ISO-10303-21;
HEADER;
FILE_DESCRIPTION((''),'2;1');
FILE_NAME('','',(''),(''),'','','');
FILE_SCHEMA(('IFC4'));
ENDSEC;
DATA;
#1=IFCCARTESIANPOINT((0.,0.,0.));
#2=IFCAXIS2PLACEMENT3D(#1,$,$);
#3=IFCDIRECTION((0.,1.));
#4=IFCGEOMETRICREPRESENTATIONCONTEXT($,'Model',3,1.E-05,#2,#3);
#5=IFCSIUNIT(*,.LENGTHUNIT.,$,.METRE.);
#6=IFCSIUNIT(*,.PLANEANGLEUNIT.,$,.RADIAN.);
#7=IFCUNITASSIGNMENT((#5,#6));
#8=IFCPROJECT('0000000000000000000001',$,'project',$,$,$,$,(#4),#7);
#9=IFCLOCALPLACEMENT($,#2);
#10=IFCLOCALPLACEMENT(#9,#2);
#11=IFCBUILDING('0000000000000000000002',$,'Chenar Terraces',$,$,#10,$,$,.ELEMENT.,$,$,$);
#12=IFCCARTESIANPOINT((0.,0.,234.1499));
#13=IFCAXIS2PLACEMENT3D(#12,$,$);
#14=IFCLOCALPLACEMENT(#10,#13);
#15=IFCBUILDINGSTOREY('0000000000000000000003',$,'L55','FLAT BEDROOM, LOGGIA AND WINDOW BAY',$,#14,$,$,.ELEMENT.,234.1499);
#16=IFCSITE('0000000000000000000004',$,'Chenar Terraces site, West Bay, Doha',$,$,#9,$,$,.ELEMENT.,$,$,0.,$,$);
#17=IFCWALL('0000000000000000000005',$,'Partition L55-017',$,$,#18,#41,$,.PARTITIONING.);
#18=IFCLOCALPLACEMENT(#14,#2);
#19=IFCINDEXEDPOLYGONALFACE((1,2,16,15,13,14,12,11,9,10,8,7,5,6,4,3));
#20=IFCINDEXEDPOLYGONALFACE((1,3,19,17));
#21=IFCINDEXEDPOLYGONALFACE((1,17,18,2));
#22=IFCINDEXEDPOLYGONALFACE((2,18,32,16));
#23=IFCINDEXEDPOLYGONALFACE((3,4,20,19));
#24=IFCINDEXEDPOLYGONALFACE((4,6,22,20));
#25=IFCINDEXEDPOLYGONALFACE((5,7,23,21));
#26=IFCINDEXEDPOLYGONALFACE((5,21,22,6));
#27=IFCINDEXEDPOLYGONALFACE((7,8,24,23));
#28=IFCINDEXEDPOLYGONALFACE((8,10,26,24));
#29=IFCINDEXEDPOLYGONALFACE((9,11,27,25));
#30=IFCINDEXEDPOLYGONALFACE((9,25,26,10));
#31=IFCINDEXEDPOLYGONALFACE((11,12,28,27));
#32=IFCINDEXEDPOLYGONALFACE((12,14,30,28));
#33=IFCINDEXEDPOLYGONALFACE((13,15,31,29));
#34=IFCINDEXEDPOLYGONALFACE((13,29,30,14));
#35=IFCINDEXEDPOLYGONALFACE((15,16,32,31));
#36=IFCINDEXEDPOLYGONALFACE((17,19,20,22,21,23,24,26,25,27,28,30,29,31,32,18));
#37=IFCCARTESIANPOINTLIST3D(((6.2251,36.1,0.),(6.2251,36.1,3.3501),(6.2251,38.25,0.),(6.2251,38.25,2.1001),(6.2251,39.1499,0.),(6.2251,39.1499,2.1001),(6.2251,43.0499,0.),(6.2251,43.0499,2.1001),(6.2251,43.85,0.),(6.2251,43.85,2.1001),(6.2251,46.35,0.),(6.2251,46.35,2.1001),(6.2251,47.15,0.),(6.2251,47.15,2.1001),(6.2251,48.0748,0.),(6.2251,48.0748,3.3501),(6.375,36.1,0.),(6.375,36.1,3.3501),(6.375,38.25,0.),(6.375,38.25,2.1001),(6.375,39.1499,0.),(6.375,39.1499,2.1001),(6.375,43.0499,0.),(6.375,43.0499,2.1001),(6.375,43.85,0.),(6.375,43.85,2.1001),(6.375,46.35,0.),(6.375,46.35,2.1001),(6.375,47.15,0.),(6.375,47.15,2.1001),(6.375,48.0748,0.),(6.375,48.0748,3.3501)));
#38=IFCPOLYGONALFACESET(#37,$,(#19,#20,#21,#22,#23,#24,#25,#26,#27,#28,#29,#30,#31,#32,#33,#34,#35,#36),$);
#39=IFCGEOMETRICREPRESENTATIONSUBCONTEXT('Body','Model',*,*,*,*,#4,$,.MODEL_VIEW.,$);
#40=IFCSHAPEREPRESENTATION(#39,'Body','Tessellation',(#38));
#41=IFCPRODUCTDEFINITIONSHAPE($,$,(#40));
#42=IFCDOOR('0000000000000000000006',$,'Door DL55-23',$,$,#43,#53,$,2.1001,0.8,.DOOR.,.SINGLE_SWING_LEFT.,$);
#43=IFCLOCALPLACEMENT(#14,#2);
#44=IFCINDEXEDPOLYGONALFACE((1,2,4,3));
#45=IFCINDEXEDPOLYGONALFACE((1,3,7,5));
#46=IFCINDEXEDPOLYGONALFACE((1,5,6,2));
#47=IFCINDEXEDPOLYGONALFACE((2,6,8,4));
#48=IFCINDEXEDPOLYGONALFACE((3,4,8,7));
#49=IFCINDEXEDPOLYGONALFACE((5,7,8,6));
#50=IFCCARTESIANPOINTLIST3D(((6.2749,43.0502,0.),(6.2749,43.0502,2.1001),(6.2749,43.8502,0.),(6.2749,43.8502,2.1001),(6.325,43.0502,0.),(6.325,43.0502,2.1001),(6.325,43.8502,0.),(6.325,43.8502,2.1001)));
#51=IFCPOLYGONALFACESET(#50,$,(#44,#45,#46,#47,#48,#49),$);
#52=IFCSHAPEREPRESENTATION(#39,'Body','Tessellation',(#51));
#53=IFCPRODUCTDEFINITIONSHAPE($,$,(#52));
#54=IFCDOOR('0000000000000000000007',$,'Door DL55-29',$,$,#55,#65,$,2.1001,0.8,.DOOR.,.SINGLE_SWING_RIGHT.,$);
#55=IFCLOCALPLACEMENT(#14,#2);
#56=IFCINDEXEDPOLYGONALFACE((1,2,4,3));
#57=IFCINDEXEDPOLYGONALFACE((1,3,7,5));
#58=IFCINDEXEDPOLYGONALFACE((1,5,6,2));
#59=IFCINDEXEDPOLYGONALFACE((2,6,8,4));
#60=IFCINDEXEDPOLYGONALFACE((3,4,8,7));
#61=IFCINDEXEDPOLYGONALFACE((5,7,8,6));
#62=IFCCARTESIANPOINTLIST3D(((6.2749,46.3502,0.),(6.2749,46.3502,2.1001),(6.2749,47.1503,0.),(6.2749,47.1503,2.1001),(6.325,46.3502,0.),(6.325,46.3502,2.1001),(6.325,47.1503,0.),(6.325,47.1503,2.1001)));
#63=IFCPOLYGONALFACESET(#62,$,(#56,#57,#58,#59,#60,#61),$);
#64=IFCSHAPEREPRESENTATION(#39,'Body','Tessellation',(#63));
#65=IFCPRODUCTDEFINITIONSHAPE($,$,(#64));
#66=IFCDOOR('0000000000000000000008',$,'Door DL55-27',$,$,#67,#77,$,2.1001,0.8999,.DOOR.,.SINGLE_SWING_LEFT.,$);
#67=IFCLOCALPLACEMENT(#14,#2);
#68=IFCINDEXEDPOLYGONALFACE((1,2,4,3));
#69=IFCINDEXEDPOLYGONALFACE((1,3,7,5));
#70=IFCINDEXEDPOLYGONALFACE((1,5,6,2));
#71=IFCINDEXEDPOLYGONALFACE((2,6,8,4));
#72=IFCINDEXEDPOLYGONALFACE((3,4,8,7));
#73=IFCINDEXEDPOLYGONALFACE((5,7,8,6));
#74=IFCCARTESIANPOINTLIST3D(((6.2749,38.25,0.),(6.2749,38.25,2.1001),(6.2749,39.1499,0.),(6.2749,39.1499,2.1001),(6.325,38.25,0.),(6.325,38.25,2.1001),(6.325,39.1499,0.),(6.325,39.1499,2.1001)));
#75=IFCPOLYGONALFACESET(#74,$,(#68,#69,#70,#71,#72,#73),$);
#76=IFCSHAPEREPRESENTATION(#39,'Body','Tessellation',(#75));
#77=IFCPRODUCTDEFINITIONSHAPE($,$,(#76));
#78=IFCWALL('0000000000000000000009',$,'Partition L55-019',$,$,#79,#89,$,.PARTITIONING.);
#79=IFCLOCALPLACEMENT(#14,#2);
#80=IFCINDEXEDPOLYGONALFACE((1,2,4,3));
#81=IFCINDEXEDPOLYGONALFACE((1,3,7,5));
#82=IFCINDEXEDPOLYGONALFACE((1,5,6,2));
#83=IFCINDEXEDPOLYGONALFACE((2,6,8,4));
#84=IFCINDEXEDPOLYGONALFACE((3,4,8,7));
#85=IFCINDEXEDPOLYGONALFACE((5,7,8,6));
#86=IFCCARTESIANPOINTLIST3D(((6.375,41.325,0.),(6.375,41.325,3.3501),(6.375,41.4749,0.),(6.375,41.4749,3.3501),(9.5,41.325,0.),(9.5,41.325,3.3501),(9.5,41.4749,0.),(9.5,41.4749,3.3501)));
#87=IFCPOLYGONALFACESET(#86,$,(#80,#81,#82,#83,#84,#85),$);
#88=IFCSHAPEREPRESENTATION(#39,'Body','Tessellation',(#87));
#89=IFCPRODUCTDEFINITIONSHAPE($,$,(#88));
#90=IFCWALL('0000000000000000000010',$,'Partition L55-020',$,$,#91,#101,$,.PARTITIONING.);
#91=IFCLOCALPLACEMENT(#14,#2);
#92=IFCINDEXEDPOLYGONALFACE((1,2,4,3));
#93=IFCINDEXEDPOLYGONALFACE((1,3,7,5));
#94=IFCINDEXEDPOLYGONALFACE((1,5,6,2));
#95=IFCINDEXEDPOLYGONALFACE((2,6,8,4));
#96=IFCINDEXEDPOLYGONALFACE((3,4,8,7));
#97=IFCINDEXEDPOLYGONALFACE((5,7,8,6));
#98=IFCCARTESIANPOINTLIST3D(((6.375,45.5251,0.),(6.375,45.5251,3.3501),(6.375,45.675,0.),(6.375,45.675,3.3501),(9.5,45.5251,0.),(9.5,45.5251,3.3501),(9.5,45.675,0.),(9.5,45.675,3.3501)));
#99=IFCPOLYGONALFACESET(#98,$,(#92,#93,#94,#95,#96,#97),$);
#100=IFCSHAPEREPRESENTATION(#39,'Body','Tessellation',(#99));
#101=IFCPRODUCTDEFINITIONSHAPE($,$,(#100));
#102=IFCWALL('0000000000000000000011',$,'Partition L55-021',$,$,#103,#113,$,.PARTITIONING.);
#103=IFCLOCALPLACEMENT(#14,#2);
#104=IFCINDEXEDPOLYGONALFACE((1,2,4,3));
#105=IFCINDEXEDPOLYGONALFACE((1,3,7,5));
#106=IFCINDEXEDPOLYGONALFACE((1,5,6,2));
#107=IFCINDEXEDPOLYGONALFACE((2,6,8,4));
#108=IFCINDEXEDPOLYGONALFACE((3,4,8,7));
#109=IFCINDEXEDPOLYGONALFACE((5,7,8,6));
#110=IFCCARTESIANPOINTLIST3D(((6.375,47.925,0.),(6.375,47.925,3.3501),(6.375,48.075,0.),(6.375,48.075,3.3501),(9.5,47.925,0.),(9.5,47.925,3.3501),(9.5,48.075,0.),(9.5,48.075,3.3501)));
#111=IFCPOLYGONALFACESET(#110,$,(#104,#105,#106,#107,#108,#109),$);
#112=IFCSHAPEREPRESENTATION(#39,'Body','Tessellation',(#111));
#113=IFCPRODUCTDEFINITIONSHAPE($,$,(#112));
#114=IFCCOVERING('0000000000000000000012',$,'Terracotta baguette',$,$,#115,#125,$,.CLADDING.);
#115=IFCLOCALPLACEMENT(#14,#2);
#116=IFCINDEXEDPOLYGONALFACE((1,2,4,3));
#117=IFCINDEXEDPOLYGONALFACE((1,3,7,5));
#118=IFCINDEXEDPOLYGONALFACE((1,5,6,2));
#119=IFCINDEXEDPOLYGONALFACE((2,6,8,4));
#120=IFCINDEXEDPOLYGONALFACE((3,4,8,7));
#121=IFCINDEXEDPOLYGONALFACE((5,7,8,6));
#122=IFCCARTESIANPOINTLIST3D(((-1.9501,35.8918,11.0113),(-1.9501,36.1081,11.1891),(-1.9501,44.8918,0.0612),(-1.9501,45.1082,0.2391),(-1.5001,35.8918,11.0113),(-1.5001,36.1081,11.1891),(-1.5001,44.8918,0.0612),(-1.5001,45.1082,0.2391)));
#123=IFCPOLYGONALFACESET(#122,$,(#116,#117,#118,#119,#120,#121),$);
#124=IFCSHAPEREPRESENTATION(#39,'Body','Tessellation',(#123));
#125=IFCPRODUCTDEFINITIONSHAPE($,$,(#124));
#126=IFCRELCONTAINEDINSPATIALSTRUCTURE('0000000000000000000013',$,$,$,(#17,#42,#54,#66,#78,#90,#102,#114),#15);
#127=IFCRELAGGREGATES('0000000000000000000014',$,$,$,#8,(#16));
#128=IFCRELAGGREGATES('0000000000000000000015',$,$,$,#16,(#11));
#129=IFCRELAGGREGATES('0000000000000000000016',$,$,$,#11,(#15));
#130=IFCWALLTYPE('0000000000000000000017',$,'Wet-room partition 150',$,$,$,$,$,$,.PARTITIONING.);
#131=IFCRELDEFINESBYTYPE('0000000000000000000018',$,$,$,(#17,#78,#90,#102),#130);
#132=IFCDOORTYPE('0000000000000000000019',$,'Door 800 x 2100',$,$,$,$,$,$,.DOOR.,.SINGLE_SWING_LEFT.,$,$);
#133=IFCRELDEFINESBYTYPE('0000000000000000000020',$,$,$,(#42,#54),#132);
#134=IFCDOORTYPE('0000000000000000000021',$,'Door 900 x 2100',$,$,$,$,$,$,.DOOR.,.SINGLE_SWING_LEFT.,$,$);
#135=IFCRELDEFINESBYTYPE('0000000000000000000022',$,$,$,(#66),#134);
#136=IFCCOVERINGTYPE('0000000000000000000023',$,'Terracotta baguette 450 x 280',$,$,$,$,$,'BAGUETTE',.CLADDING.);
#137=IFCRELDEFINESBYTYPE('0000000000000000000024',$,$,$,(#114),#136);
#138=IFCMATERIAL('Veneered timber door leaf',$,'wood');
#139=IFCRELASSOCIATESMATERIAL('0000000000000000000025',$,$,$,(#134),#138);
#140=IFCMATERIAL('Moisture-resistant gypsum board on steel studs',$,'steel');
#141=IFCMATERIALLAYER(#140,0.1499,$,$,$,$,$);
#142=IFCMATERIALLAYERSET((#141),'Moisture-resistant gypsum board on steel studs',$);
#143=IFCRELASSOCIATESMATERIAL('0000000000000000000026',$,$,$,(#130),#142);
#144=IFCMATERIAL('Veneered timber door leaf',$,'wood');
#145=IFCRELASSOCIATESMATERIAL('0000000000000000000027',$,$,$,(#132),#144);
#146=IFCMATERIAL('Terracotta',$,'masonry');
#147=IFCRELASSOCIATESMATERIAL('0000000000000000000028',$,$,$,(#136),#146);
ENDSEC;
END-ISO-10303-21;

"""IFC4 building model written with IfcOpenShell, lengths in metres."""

from ifc_helpers import new_model, si_unit, direction, frame, frame_2d, origin, origin_2d, place, context, subcontext, project, spatial, rectangle, extrude, material, layer, layer_set, material_profile, profile_set, type_object, element, fill, save


model = new_model("IFC4")

# Units and contexts
model_context = context("Model", 3, precision=1e-05, world=origin(), true_north=direction((0.0, 1.0)))
body_context = subcontext(model_context, "Body", "Model", "MODEL_VIEW")
ifc_project = project(units=[si_unit("LENGTHUNIT", "METRE"), si_unit("PLANEANGLEUNIT", "RADIAN")], contexts=[model_context])

# Site, building, storey
site_placement = place(None, origin())
site = spatial("IfcSite", under=ifc_project, at=site_placement, Name="Chenar Terraces site, West Bay, Doha", CompositionType="ELEMENT", RefElevation=0.0)
building_placement = place(site_placement, origin())
building = spatial("IfcBuilding", under=site, at=building_placement, Name="Chenar Terraces", CompositionType="ELEMENT")
storey_placement = place(building_placement, frame((0.0, 0.0, 234.1499)))
storey = spatial("IfcBuildingStorey", under=building, at=storey_placement, Name="L55", Description="FLAT BEDROOM, LOGGIA AND WINDOW BAY", CompositionType="ELEMENT", Elevation=234.1499)

# Shared definitions
ifc_material_1 = material(Name="Veneered timber door leaf", Category="wood")
door_type_1 = type_object("IfcDoorType", Name="Door 900 x 2100", OperationType="SINGLE_SWING_LEFT", PredefinedType="DOOR", material=ifc_material_1)

# Wall, openings, doors
ifc_material_2 = material(Name="Moisture-resistant gypsum board on steel studs", Category="steel")
ifc_layer_1 = layer(ifc_material_2, 0.1499)
ifc_layer_set_1 = layer_set([ifc_layer_1], Name="Moisture-resistant gypsum board on steel studs")
wall_type_1 = type_object("IfcWallType", Name="Wet-room partition 150", PredefinedType="PARTITIONING", material=ifc_layer_set_1)
wall_1_placement = place(storey_placement, frame((6.3, 36.1001, 0.0), z_axis=(0.0, 0.0, 1.0), x_axis=(0.0, 1.0, 0.0)))
wall_1 = element("IfcWall", 1, at=wall_1_placement, inside=storey, type_object=wall_type_1, Name="Partition L55-017", PredefinedType="PARTITIONING", context=body_context, shape_type="SweptSolid", body=[
    extrude(rectangle(XDim=11.9749, YDim=0.1499, at=frame_2d((5.9873, 0.0))), origin(), (0.0, 0.0, 1.0), 3.3501),
])
opening_1_placement = place(wall_1_placement, frame((6.95, 0.0, 0.0)))
opening_1 = element("IfcOpeningElement", 2, at=opening_1_placement, cuts=wall_1, PredefinedType="OPENING", context=body_context, shape_type="SweptSolid", body=[
    extrude(rectangle(XDim=0.8, YDim=2.1001, at=frame_2d((0.3999, 1.05))), frame((0.0, 0.085, 0.0), z_axis=(0.0, -1.0, 0.0), x_axis=(1.0, 0.0, 0.0)), (0.0, 0.0, 1.0), 0.1699),
])
opening_2_placement = place(wall_1_placement, frame((2.1499, 0.0, 0.0)))
opening_2 = element("IfcOpeningElement", 3, at=opening_2_placement, cuts=wall_1, PredefinedType="OPENING", context=body_context, shape_type="SweptSolid", body=[
    extrude(rectangle(XDim=0.8999, YDim=2.1001, at=frame_2d((0.45, 1.05))), frame((0.0, 0.085, 0.0), z_axis=(0.0, -1.0, 0.0), x_axis=(1.0, 0.0, 0.0)), (0.0, 0.0, 1.0), 0.1699),
])
opening_3_placement = place(wall_1_placement, frame((10.25, 0.0, 0.0)))
opening_3 = element("IfcOpeningElement", 4, at=opening_3_placement, cuts=wall_1, PredefinedType="OPENING", context=body_context, shape_type="SweptSolid", body=[
    extrude(rectangle(XDim=0.8, YDim=2.1001, at=frame_2d((0.3999, 1.05))), frame((0.0, 0.085, 0.0), z_axis=(0.0, -1.0, 0.0), x_axis=(1.0, 0.0, 0.0)), (0.0, 0.0, 1.0), 0.1699),
])
ifc_material_3 = material(Name="Veneered timber door leaf", Category="wood")
door_type_2 = type_object("IfcDoorType", Name="Door 800 x 2100", OperationType="SINGLE_SWING_LEFT", PredefinedType="DOOR", material=ifc_material_3)
door_1_placement = place(opening_1_placement, frame((0.8, 0.0, 0.0), z_axis=(0.0, 0.0, 1.0), x_axis=(-1.0, 0.0, 0.0)))
door_1 = element("IfcDoor", 5, at=door_1_placement, inside=storey, type_object=door_type_2, Name="Door DL55-23", OperationType="SINGLE_SWING_LEFT", OverallHeight=2.1001, OverallWidth=0.8, PredefinedType="DOOR", context=body_context, shape_type="SweptSolid", body=[
    extrude(rectangle(XDim=0.8, YDim=2.1001, at=frame_2d((0.3999, 1.05))), frame((0.0, 0.0249, 0.0), z_axis=(0.0, -1.0, 0.0), x_axis=(1.0, 0.0, 0.0)), (0.0, 0.0, 1.0), 0.05),
])
fill(opening_1, door_1)
door_2_placement = place(opening_3_placement, frame((0.8, 0.0, 0.0), z_axis=(0.0, 0.0, 1.0), x_axis=(-1.0, 0.0, 0.0)))
door_2 = element("IfcDoor", 6, at=door_2_placement, inside=storey, type_object=door_type_2, Name="Door DL55-29", OperationType="SINGLE_SWING_RIGHT", OverallHeight=2.1001, OverallWidth=0.8, PredefinedType="DOOR", context=body_context, shape_type="SweptSolid", body=[
    extrude(rectangle(XDim=0.8, YDim=2.1001, at=frame_2d((0.3999, 1.05))), frame((0.0, 0.0249, 0.0), z_axis=(0.0, -1.0, 0.0), x_axis=(1.0, 0.0, 0.0)), (0.0, 0.0, 1.0), 0.05),
])
fill(opening_3, door_2)
door_3_placement = place(opening_2_placement, frame((0.8999, 0.0, 0.0), z_axis=(0.0, 0.0, 1.0), x_axis=(-1.0, 0.0, 0.0)))
door_3 = element("IfcDoor", 7, at=door_3_placement, inside=storey, type_object=door_type_1, Name="Door DL55-27", OperationType="SINGLE_SWING_LEFT", OverallHeight=2.1001, OverallWidth=0.8999, PredefinedType="DOOR", context=body_context, shape_type="SweptSolid", body=[
    extrude(rectangle(XDim=0.8999, YDim=2.1001, at=frame_2d((0.45, 1.05))), frame((0.0, 0.0249, 0.0), z_axis=(0.0, -1.0, 0.0), x_axis=(1.0, 0.0, 0.0)), (0.0, 0.0, 1.0), 0.05),
])
fill(opening_2, door_3)

# Walls
for number, where, z_axis, x_axis, name in (
    (8, (6.375, 41.3999, 0.0), (0.0, 0.0, 1.0), (1.0, 0.0, 0.0), "Partition L55-019"),
    (9, (6.375, 45.6001, 0.0), (0.0, 0.0, 1.0), (1.0, 0.0, 0.0), "Partition L55-020"),
    (10, (6.375, 48.0, 0.0), (0.0, 0.0, 1.0), (1.0, 0.0, 0.0), "Partition L55-021"),
):
    element("IfcWall", number, at=place(storey_placement, frame(where, z_axis=z_axis, x_axis=x_axis)), inside=storey, type_object=wall_type_1, Name=name, PredefinedType="PARTITIONING", context=body_context, shape_type="SweptSolid", body=[
        extrude(rectangle(XDim=3.125, YDim=0.1499, at=frame_2d((1.5625, 0.0))), origin(), (0.0, 0.0, 1.0), 3.3501),
    ])

# Covering
ifc_material_4 = material(Name="Terracotta", Category="masonry")
ifc_material_profile_1 = material_profile(ifc_material_4, rectangle(XDim=0.45, YDim=0.28, at=origin_2d()), Name="Terracotta baguette 450 x 280")
ifc_profile_set_1 = profile_set([ifc_material_profile_1], Name="Terracotta")
covering_type = type_object("IfcCoveringType", Name="Terracotta baguette 450 x 280", ElementType="BAGUETTE", PredefinedType="CLADDING", material=ifc_profile_set_1)
covering_placement = place(storey_placement, frame((-1.7251, 45.0, 0.1501), z_axis=(0.0, -0.634967, 0.772539), x_axis=(1.0, 0.0, 0.0)))
element("IfcCovering", 11, at=covering_placement, inside=storey, type_object=covering_type, Name="Terracotta baguette", PredefinedType="CLADDING", context=body_context, shape_type="SweptSolid", body=[
    extrude(rectangle(XDim=0.45, YDim=0.28, at=origin_2d()), origin(), (0.0, 0.0, 1.0), 14.1741),
])

save(model, "model.ifc")
